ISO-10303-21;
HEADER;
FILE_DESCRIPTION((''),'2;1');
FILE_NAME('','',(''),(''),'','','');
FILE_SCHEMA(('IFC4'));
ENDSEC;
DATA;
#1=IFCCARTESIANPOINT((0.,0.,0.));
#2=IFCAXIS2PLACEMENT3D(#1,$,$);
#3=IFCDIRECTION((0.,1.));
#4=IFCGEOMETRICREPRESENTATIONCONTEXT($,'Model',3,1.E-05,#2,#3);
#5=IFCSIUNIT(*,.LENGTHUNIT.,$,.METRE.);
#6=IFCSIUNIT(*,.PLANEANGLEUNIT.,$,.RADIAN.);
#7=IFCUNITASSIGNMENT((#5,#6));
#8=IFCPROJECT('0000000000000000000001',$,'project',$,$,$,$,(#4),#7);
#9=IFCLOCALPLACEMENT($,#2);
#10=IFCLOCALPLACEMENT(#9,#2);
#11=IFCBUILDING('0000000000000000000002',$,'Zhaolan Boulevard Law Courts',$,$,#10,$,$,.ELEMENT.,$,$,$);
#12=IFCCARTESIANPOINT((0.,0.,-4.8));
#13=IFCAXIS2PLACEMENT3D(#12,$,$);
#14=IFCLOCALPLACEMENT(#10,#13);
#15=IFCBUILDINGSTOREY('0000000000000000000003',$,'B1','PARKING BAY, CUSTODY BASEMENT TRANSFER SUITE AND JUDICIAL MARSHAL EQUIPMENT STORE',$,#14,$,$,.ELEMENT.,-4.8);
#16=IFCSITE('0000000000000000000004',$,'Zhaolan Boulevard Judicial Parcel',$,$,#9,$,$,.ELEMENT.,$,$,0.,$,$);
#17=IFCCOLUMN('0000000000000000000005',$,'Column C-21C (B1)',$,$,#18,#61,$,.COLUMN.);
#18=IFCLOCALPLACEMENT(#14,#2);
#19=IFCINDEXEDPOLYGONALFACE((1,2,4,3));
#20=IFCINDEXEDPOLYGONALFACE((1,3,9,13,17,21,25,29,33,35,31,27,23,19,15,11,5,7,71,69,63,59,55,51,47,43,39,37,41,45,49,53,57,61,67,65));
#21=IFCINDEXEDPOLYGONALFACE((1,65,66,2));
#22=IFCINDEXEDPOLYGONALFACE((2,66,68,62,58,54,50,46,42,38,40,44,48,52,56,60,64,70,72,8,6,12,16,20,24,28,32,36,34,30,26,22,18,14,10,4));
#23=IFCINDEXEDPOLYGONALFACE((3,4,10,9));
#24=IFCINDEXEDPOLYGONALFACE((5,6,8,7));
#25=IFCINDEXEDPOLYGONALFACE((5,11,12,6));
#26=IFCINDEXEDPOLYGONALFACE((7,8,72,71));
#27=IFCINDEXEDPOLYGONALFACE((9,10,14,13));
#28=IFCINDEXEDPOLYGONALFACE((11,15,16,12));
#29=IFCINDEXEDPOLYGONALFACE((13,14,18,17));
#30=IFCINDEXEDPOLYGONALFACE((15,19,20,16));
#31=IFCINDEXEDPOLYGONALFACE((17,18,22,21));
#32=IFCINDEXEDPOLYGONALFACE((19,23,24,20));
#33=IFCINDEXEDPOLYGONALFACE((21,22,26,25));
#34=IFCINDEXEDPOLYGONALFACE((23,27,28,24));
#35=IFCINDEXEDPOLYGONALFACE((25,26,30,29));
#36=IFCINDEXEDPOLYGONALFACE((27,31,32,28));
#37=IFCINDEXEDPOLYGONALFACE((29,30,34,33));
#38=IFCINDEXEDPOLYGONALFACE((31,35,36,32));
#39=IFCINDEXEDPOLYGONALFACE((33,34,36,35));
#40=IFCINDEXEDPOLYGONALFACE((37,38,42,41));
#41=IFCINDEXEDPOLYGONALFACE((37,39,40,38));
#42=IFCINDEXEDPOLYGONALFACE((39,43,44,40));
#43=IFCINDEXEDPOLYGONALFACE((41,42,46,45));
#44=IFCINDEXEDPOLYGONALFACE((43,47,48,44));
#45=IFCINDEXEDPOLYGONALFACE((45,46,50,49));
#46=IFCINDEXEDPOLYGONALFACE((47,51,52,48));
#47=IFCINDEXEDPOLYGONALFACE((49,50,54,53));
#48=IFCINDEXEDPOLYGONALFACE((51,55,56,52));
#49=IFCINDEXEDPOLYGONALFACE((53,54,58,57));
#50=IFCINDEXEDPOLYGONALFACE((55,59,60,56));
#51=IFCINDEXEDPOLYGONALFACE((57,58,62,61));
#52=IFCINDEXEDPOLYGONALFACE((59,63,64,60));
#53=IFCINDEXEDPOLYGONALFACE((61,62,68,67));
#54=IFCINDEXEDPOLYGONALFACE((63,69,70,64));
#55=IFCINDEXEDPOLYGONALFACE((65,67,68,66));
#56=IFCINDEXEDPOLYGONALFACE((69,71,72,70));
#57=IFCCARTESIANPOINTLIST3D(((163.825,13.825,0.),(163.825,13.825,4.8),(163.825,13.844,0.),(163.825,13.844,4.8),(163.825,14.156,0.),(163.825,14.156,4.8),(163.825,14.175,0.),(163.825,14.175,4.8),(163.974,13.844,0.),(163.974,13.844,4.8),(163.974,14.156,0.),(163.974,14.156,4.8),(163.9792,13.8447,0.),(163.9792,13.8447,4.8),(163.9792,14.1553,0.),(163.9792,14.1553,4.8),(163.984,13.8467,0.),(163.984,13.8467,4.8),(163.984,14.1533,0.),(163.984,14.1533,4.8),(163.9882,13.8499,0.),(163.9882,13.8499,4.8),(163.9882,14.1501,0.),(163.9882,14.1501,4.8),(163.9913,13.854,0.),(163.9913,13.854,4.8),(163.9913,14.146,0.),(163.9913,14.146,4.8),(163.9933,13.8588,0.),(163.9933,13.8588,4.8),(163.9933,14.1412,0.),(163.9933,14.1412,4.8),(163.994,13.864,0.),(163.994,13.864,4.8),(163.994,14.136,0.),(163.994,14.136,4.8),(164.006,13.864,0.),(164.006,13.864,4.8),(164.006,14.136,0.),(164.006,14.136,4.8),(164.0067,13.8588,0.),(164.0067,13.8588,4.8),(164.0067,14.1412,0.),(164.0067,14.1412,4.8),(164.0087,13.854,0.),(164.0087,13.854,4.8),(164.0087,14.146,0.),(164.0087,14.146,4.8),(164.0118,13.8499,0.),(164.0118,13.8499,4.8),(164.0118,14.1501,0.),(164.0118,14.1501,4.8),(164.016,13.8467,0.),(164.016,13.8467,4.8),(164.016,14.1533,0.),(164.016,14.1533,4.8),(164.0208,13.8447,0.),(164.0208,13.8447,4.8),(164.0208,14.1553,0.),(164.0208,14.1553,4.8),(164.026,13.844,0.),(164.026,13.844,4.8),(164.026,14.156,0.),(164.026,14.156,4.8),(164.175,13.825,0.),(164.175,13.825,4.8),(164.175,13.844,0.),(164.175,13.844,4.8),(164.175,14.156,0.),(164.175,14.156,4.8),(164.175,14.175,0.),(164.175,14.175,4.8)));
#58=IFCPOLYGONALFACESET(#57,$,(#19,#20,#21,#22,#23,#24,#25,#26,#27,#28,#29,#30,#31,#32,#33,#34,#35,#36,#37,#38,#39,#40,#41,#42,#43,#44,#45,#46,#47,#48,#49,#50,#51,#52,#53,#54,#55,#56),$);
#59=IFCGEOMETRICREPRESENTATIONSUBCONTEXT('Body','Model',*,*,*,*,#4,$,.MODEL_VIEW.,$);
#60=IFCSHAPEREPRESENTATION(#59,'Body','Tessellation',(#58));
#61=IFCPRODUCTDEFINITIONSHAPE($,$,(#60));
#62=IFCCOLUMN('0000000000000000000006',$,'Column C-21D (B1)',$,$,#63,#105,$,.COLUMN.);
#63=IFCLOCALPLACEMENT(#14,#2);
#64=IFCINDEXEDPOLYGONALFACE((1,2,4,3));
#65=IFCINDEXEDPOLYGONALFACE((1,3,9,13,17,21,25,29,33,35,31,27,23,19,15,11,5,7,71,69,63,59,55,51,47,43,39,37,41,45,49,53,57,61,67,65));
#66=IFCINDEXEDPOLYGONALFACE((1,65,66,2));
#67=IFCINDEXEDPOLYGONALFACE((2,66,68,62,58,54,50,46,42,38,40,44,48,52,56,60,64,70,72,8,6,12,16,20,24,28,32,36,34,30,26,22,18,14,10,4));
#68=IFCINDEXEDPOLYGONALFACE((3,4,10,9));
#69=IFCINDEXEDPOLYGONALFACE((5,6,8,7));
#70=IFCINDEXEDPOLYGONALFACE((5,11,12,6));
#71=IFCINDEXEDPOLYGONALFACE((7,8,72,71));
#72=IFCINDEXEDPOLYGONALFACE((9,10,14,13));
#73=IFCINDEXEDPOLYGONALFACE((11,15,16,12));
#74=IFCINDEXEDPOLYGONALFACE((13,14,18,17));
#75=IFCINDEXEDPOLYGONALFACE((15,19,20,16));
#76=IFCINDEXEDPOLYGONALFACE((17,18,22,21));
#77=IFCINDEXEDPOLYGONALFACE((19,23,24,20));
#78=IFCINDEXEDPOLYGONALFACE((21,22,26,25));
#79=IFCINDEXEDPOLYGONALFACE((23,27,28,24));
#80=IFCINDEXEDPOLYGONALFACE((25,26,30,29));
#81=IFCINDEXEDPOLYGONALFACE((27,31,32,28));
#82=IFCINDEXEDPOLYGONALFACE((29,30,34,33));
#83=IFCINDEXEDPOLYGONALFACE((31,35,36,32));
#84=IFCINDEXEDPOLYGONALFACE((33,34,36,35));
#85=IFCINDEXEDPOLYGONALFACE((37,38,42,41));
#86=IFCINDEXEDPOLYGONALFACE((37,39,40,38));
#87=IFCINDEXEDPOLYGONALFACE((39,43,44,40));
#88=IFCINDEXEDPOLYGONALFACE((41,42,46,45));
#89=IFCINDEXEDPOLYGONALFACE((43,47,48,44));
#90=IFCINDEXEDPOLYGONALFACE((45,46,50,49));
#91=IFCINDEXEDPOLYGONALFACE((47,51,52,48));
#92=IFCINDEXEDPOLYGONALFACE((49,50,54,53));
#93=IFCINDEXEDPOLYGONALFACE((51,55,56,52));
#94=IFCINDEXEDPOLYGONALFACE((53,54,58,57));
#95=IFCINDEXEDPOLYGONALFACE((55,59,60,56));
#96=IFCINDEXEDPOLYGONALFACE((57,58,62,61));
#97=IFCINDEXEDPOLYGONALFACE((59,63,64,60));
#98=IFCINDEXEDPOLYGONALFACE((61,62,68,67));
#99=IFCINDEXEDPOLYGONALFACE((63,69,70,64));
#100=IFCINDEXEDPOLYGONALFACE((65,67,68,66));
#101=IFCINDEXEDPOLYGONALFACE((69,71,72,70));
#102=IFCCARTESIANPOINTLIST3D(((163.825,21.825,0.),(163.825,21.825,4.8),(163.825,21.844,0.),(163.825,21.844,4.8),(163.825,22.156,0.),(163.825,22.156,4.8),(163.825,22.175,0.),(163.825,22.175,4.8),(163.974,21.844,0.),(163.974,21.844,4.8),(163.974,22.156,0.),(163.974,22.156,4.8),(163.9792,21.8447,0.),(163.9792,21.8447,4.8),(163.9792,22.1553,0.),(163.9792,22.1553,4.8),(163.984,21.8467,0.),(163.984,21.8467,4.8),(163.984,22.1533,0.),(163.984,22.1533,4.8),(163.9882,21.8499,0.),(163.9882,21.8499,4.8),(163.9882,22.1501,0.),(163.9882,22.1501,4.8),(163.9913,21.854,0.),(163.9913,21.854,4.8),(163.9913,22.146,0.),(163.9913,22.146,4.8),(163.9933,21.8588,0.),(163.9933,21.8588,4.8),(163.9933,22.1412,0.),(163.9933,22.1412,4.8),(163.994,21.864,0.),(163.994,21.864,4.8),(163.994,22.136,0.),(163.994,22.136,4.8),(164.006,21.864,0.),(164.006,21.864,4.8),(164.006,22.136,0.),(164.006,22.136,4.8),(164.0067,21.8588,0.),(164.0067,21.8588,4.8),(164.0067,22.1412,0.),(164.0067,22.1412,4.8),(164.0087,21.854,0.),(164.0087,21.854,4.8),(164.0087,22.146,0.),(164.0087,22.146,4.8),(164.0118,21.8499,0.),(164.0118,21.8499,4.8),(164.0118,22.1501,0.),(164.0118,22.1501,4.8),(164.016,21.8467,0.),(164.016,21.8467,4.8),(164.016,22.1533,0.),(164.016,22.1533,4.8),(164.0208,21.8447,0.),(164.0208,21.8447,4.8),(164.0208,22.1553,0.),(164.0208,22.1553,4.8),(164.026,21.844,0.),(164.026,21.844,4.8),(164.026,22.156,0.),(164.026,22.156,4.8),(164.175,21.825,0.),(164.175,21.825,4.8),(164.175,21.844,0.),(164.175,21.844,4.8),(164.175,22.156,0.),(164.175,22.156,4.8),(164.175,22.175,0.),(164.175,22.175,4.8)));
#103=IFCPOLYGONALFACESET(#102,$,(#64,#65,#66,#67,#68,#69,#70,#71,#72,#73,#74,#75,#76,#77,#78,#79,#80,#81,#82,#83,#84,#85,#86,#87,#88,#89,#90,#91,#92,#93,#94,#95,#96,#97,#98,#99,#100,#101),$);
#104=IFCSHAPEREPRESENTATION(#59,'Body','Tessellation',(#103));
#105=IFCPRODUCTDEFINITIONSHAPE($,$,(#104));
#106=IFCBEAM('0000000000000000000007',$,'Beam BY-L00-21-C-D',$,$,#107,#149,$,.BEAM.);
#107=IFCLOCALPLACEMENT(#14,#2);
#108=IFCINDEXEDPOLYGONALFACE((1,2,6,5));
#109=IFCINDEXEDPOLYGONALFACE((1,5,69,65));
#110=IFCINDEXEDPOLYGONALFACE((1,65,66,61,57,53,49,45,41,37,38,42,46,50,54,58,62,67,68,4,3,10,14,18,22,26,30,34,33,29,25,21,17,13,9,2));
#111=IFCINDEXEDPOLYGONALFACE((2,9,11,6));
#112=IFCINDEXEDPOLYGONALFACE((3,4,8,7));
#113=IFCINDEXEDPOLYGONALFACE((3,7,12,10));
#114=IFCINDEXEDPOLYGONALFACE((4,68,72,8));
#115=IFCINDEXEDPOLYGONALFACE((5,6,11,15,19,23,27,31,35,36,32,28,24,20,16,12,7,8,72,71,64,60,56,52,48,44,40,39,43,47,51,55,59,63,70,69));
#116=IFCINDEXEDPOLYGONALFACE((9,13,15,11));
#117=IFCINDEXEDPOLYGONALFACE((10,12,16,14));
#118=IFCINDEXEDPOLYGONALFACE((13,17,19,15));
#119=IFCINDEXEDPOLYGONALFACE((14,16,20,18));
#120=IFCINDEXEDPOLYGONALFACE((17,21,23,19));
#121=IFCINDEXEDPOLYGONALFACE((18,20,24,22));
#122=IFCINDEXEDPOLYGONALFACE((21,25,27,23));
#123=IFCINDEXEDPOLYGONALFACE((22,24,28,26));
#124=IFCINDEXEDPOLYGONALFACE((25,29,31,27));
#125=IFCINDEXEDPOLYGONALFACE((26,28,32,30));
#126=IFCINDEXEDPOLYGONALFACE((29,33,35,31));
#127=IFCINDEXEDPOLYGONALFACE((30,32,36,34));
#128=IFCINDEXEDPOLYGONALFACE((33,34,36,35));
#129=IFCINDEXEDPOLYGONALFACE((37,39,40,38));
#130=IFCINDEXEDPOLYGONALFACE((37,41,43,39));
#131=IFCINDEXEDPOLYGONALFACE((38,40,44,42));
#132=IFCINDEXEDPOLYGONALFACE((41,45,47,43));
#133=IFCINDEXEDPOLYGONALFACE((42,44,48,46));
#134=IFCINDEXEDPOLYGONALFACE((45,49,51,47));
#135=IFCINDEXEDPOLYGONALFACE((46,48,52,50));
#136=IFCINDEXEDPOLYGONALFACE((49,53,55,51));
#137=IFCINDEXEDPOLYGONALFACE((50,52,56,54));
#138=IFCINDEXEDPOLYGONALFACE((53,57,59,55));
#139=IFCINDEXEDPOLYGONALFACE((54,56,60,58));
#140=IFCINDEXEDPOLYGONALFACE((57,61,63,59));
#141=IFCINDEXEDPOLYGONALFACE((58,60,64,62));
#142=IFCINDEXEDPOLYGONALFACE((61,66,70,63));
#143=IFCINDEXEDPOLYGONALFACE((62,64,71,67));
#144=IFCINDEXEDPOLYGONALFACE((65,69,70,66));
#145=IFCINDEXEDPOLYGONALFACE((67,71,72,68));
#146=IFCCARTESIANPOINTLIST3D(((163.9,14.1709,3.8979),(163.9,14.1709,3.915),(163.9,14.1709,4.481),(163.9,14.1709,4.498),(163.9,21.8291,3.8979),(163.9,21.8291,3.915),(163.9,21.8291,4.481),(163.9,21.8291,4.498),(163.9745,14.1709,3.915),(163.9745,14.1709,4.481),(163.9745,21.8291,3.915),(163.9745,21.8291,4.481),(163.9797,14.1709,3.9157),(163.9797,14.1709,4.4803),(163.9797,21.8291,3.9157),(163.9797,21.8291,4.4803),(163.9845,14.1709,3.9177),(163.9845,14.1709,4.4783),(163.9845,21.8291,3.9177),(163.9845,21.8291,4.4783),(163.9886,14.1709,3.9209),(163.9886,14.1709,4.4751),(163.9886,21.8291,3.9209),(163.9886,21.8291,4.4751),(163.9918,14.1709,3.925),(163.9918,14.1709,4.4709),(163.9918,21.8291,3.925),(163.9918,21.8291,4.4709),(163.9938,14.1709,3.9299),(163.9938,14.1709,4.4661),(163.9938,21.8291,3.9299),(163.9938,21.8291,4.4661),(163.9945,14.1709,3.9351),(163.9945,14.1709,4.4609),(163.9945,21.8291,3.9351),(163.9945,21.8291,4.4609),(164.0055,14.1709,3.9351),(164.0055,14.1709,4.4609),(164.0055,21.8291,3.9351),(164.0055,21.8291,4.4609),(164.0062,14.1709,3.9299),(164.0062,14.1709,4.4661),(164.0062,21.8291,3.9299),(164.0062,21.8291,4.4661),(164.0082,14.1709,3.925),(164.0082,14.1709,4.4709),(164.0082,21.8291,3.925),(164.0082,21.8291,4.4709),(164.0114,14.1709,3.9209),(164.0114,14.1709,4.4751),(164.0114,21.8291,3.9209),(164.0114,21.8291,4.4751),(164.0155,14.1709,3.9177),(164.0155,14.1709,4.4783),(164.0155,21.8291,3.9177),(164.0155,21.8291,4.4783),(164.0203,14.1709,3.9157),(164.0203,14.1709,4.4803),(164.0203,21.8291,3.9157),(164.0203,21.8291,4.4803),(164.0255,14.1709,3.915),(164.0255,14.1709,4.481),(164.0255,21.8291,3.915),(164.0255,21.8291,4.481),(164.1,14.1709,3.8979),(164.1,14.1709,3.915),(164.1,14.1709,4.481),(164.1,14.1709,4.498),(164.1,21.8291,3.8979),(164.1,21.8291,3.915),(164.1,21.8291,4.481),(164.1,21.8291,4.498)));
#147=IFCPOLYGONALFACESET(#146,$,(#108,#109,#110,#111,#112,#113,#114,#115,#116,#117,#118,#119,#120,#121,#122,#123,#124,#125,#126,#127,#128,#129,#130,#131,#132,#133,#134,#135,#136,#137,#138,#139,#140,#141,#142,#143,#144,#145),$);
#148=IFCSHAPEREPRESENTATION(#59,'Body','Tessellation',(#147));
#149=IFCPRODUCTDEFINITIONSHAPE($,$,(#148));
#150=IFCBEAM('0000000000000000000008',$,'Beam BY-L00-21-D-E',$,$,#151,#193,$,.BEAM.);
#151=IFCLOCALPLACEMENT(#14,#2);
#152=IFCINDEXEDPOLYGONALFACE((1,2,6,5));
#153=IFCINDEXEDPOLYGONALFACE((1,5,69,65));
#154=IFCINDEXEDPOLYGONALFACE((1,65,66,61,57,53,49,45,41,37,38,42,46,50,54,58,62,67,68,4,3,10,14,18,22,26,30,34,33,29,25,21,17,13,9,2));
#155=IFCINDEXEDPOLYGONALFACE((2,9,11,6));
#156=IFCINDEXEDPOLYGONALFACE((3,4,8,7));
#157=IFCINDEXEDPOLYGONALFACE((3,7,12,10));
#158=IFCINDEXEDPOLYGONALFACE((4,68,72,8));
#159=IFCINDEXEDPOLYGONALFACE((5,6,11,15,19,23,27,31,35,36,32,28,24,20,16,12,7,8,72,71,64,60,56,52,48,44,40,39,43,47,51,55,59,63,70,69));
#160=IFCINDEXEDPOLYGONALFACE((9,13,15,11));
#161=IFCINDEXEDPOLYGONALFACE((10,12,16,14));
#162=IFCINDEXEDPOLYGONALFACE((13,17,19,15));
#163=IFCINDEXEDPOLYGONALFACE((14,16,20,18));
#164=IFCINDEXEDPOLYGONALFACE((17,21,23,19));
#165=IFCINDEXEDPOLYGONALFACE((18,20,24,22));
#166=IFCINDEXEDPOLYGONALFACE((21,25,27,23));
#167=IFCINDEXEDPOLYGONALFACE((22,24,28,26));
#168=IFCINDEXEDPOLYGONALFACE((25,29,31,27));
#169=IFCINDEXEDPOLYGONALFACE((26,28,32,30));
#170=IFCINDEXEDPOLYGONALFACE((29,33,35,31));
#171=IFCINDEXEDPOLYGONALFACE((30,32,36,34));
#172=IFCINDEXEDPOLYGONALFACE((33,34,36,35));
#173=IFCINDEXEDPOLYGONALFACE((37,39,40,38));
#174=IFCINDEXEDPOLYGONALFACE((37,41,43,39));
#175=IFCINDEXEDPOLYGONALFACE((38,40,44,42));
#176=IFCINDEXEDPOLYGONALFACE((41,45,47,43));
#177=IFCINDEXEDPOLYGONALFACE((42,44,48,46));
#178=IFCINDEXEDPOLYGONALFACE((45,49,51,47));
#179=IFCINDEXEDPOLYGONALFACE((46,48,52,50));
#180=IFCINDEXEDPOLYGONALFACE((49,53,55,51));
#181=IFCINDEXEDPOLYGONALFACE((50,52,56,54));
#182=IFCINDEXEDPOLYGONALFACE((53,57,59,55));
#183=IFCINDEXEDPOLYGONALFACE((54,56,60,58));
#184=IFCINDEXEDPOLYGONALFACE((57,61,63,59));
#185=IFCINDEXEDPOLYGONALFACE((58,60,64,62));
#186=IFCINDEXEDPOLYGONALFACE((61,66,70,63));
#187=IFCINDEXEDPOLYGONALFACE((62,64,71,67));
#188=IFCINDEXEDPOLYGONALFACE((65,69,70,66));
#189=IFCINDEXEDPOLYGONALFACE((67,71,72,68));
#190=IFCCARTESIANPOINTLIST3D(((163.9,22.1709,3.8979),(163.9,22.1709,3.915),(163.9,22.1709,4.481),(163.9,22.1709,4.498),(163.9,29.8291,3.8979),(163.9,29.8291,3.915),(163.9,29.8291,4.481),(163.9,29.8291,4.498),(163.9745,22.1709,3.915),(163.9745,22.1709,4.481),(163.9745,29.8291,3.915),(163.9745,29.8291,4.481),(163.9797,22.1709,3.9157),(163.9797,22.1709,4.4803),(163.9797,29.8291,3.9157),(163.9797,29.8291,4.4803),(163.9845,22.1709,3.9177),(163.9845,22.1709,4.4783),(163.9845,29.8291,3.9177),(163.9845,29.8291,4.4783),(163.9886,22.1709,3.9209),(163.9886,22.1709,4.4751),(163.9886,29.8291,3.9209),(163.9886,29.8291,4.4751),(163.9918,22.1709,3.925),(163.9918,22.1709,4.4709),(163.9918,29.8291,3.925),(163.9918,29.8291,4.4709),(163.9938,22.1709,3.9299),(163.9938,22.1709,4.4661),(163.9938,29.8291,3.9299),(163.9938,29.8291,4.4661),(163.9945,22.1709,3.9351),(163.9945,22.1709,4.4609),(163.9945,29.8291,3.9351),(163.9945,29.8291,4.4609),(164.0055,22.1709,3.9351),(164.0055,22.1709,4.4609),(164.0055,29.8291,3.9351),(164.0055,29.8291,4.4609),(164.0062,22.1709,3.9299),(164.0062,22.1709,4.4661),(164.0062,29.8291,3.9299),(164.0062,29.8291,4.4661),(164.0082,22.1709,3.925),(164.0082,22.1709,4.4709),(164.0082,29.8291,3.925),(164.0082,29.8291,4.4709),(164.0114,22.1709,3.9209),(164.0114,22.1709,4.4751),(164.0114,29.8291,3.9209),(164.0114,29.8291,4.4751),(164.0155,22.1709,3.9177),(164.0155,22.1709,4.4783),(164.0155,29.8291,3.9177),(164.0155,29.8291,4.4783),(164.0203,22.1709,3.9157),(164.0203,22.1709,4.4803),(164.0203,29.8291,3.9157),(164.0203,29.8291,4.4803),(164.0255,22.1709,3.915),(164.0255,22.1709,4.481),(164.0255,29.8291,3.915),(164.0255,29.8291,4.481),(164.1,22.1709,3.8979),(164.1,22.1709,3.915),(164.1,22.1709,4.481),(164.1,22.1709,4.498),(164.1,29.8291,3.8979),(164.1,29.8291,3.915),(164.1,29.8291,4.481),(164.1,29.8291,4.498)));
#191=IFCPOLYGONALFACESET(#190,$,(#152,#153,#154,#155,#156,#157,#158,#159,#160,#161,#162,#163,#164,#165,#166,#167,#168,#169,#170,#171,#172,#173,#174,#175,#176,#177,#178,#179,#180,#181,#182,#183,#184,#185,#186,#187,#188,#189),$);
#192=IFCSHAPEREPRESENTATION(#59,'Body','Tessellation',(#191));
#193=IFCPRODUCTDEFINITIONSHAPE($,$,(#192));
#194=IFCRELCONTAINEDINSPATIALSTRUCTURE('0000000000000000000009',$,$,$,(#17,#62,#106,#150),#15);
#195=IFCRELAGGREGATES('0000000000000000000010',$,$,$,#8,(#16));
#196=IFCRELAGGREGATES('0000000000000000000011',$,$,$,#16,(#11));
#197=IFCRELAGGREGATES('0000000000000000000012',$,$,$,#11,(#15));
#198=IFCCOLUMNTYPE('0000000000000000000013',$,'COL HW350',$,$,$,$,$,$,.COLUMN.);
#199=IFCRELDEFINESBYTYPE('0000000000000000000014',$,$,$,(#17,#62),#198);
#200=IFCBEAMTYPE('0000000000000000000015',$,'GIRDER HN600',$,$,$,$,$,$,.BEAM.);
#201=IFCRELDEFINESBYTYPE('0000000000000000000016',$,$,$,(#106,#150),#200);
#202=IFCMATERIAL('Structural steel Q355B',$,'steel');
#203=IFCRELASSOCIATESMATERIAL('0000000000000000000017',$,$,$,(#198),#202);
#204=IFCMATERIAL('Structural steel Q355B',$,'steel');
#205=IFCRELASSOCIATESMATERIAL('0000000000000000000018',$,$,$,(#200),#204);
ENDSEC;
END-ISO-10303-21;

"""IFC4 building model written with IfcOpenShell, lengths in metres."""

from ifc_helpers import new_model, si_unit, direction, frame, origin, origin_2d, place, context, subcontext, project, spatial, i_section, extrude, material, material_profile, profile_set, type_object, element, save


model = new_model("IFC4")

# Units and contexts
model_context = context("Model", 3, precision=1e-05, world=origin(), true_north=direction((0.0, 1.0)))
body_context = subcontext(model_context, "Body", "Model", "MODEL_VIEW")
ifc_project = project(units=[si_unit("LENGTHUNIT", "METRE"), si_unit("PLANEANGLEUNIT", "RADIAN")], contexts=[model_context])

# Site, building, storey
site_placement = place(None, origin())
site = spatial("IfcSite", under=ifc_project, at=site_placement, Name="Zhaolan Boulevard Judicial Parcel", CompositionType="ELEMENT", RefElevation=0.0)
building_placement = place(site_placement, origin())
building = spatial("IfcBuilding", under=site, at=building_placement, Name="Zhaolan Boulevard Law Courts", CompositionType="ELEMENT")
storey_placement = place(building_placement, frame((0.0, 0.0, -4.8)))
storey = spatial("IfcBuildingStorey", under=building, at=storey_placement, Name="B1", Description="PARKING BAY, CUSTODY BASEMENT TRANSFER SUITE AND JUDICIAL MARSHAL EQUIPMENT STORE", CompositionType="ELEMENT", Elevation=-4.8)

# Columns
ifc_material_1 = material(Name="Structural steel Q355B", Category="steel")
ifc_material_profile_1 = material_profile(ifc_material_1, i_section(OverallWidth=0.3501, OverallDepth=0.3501, WebThickness=0.012, FlangeThickness=0.019, FilletRadius=0.02, at=origin_2d()), Name="HW350x350")
ifc_profile_set_1 = profile_set([ifc_material_profile_1], Name="Structural steel Q355B")
column_type = type_object("IfcColumnType", Name="COL HW350", PredefinedType="COLUMN", material=ifc_profile_set_1)
for number, where, z_axis, x_axis, name in (
    (1, (164.0, 14.0, 0.0), (0.0, 0.0, 1.0), (1.0, 0.0, 0.0), "Column C-21C (B1)"),
    (2, (164.0, 22.0, 0.0), (0.0, 0.0, 1.0), (1.0, 0.0, 0.0), "Column C-21D (B1)"),
):
    element("IfcColumn", number, at=place(storey_placement, frame(where, z_axis=z_axis, x_axis=x_axis)), inside=storey, type_object=column_type, Name=name, PredefinedType="COLUMN", context=body_context, shape_type="SweptSolid", body=[
        extrude(i_section(OverallWidth=0.3501, OverallDepth=0.3501, WebThickness=0.012, FlangeThickness=0.019, FilletRadius=0.02, at=origin_2d()), origin(), (0.0, 0.0, 1.0), 4.8),
    ])

# Beams
ifc_material_2 = material(Name="Structural steel Q355B", Category="steel")
ifc_material_profile_2 = material_profile(ifc_material_2, i_section(OverallWidth=0.2, OverallDepth=0.6001, WebThickness=0.011, FlangeThickness=0.0171, FilletRadius=0.02, at=origin_2d()), Name="HN600x200")
ifc_profile_set_2 = profile_set([ifc_material_profile_2], Name="Structural steel Q355B")
beam_type_1 = type_object("IfcBeamType", Name="GIRDER HN600", PredefinedType="BEAM", material=ifc_profile_set_2)
for number, where, z_axis, x_axis, name in (
    (3, (164.0, 14.1709, 4.198), (0.0, 1.0, 0.0), (-1.0, 0.0, 0.0), "Beam BY-L00-21-C-D"),
    (4, (164.0, 22.1709, 4.198), (0.0, 1.0, 0.0), (-1.0, 0.0, 0.0), "Beam BY-L00-21-D-E"),
):
    element("IfcBeam", number, at=place(storey_placement, frame(where, z_axis=z_axis, x_axis=x_axis)), inside=storey, type_object=beam_type_1, Name=name, PredefinedType="BEAM", context=body_context, shape_type="SweptSolid", body=[
        extrude(i_section(OverallWidth=0.2, OverallDepth=0.6001, WebThickness=0.011, FlangeThickness=0.0171, FilletRadius=0.02, at=origin_2d()), origin(), (0.0, 0.0, 1.0), 7.6582),
    ])

save(model, "model.ifc")
